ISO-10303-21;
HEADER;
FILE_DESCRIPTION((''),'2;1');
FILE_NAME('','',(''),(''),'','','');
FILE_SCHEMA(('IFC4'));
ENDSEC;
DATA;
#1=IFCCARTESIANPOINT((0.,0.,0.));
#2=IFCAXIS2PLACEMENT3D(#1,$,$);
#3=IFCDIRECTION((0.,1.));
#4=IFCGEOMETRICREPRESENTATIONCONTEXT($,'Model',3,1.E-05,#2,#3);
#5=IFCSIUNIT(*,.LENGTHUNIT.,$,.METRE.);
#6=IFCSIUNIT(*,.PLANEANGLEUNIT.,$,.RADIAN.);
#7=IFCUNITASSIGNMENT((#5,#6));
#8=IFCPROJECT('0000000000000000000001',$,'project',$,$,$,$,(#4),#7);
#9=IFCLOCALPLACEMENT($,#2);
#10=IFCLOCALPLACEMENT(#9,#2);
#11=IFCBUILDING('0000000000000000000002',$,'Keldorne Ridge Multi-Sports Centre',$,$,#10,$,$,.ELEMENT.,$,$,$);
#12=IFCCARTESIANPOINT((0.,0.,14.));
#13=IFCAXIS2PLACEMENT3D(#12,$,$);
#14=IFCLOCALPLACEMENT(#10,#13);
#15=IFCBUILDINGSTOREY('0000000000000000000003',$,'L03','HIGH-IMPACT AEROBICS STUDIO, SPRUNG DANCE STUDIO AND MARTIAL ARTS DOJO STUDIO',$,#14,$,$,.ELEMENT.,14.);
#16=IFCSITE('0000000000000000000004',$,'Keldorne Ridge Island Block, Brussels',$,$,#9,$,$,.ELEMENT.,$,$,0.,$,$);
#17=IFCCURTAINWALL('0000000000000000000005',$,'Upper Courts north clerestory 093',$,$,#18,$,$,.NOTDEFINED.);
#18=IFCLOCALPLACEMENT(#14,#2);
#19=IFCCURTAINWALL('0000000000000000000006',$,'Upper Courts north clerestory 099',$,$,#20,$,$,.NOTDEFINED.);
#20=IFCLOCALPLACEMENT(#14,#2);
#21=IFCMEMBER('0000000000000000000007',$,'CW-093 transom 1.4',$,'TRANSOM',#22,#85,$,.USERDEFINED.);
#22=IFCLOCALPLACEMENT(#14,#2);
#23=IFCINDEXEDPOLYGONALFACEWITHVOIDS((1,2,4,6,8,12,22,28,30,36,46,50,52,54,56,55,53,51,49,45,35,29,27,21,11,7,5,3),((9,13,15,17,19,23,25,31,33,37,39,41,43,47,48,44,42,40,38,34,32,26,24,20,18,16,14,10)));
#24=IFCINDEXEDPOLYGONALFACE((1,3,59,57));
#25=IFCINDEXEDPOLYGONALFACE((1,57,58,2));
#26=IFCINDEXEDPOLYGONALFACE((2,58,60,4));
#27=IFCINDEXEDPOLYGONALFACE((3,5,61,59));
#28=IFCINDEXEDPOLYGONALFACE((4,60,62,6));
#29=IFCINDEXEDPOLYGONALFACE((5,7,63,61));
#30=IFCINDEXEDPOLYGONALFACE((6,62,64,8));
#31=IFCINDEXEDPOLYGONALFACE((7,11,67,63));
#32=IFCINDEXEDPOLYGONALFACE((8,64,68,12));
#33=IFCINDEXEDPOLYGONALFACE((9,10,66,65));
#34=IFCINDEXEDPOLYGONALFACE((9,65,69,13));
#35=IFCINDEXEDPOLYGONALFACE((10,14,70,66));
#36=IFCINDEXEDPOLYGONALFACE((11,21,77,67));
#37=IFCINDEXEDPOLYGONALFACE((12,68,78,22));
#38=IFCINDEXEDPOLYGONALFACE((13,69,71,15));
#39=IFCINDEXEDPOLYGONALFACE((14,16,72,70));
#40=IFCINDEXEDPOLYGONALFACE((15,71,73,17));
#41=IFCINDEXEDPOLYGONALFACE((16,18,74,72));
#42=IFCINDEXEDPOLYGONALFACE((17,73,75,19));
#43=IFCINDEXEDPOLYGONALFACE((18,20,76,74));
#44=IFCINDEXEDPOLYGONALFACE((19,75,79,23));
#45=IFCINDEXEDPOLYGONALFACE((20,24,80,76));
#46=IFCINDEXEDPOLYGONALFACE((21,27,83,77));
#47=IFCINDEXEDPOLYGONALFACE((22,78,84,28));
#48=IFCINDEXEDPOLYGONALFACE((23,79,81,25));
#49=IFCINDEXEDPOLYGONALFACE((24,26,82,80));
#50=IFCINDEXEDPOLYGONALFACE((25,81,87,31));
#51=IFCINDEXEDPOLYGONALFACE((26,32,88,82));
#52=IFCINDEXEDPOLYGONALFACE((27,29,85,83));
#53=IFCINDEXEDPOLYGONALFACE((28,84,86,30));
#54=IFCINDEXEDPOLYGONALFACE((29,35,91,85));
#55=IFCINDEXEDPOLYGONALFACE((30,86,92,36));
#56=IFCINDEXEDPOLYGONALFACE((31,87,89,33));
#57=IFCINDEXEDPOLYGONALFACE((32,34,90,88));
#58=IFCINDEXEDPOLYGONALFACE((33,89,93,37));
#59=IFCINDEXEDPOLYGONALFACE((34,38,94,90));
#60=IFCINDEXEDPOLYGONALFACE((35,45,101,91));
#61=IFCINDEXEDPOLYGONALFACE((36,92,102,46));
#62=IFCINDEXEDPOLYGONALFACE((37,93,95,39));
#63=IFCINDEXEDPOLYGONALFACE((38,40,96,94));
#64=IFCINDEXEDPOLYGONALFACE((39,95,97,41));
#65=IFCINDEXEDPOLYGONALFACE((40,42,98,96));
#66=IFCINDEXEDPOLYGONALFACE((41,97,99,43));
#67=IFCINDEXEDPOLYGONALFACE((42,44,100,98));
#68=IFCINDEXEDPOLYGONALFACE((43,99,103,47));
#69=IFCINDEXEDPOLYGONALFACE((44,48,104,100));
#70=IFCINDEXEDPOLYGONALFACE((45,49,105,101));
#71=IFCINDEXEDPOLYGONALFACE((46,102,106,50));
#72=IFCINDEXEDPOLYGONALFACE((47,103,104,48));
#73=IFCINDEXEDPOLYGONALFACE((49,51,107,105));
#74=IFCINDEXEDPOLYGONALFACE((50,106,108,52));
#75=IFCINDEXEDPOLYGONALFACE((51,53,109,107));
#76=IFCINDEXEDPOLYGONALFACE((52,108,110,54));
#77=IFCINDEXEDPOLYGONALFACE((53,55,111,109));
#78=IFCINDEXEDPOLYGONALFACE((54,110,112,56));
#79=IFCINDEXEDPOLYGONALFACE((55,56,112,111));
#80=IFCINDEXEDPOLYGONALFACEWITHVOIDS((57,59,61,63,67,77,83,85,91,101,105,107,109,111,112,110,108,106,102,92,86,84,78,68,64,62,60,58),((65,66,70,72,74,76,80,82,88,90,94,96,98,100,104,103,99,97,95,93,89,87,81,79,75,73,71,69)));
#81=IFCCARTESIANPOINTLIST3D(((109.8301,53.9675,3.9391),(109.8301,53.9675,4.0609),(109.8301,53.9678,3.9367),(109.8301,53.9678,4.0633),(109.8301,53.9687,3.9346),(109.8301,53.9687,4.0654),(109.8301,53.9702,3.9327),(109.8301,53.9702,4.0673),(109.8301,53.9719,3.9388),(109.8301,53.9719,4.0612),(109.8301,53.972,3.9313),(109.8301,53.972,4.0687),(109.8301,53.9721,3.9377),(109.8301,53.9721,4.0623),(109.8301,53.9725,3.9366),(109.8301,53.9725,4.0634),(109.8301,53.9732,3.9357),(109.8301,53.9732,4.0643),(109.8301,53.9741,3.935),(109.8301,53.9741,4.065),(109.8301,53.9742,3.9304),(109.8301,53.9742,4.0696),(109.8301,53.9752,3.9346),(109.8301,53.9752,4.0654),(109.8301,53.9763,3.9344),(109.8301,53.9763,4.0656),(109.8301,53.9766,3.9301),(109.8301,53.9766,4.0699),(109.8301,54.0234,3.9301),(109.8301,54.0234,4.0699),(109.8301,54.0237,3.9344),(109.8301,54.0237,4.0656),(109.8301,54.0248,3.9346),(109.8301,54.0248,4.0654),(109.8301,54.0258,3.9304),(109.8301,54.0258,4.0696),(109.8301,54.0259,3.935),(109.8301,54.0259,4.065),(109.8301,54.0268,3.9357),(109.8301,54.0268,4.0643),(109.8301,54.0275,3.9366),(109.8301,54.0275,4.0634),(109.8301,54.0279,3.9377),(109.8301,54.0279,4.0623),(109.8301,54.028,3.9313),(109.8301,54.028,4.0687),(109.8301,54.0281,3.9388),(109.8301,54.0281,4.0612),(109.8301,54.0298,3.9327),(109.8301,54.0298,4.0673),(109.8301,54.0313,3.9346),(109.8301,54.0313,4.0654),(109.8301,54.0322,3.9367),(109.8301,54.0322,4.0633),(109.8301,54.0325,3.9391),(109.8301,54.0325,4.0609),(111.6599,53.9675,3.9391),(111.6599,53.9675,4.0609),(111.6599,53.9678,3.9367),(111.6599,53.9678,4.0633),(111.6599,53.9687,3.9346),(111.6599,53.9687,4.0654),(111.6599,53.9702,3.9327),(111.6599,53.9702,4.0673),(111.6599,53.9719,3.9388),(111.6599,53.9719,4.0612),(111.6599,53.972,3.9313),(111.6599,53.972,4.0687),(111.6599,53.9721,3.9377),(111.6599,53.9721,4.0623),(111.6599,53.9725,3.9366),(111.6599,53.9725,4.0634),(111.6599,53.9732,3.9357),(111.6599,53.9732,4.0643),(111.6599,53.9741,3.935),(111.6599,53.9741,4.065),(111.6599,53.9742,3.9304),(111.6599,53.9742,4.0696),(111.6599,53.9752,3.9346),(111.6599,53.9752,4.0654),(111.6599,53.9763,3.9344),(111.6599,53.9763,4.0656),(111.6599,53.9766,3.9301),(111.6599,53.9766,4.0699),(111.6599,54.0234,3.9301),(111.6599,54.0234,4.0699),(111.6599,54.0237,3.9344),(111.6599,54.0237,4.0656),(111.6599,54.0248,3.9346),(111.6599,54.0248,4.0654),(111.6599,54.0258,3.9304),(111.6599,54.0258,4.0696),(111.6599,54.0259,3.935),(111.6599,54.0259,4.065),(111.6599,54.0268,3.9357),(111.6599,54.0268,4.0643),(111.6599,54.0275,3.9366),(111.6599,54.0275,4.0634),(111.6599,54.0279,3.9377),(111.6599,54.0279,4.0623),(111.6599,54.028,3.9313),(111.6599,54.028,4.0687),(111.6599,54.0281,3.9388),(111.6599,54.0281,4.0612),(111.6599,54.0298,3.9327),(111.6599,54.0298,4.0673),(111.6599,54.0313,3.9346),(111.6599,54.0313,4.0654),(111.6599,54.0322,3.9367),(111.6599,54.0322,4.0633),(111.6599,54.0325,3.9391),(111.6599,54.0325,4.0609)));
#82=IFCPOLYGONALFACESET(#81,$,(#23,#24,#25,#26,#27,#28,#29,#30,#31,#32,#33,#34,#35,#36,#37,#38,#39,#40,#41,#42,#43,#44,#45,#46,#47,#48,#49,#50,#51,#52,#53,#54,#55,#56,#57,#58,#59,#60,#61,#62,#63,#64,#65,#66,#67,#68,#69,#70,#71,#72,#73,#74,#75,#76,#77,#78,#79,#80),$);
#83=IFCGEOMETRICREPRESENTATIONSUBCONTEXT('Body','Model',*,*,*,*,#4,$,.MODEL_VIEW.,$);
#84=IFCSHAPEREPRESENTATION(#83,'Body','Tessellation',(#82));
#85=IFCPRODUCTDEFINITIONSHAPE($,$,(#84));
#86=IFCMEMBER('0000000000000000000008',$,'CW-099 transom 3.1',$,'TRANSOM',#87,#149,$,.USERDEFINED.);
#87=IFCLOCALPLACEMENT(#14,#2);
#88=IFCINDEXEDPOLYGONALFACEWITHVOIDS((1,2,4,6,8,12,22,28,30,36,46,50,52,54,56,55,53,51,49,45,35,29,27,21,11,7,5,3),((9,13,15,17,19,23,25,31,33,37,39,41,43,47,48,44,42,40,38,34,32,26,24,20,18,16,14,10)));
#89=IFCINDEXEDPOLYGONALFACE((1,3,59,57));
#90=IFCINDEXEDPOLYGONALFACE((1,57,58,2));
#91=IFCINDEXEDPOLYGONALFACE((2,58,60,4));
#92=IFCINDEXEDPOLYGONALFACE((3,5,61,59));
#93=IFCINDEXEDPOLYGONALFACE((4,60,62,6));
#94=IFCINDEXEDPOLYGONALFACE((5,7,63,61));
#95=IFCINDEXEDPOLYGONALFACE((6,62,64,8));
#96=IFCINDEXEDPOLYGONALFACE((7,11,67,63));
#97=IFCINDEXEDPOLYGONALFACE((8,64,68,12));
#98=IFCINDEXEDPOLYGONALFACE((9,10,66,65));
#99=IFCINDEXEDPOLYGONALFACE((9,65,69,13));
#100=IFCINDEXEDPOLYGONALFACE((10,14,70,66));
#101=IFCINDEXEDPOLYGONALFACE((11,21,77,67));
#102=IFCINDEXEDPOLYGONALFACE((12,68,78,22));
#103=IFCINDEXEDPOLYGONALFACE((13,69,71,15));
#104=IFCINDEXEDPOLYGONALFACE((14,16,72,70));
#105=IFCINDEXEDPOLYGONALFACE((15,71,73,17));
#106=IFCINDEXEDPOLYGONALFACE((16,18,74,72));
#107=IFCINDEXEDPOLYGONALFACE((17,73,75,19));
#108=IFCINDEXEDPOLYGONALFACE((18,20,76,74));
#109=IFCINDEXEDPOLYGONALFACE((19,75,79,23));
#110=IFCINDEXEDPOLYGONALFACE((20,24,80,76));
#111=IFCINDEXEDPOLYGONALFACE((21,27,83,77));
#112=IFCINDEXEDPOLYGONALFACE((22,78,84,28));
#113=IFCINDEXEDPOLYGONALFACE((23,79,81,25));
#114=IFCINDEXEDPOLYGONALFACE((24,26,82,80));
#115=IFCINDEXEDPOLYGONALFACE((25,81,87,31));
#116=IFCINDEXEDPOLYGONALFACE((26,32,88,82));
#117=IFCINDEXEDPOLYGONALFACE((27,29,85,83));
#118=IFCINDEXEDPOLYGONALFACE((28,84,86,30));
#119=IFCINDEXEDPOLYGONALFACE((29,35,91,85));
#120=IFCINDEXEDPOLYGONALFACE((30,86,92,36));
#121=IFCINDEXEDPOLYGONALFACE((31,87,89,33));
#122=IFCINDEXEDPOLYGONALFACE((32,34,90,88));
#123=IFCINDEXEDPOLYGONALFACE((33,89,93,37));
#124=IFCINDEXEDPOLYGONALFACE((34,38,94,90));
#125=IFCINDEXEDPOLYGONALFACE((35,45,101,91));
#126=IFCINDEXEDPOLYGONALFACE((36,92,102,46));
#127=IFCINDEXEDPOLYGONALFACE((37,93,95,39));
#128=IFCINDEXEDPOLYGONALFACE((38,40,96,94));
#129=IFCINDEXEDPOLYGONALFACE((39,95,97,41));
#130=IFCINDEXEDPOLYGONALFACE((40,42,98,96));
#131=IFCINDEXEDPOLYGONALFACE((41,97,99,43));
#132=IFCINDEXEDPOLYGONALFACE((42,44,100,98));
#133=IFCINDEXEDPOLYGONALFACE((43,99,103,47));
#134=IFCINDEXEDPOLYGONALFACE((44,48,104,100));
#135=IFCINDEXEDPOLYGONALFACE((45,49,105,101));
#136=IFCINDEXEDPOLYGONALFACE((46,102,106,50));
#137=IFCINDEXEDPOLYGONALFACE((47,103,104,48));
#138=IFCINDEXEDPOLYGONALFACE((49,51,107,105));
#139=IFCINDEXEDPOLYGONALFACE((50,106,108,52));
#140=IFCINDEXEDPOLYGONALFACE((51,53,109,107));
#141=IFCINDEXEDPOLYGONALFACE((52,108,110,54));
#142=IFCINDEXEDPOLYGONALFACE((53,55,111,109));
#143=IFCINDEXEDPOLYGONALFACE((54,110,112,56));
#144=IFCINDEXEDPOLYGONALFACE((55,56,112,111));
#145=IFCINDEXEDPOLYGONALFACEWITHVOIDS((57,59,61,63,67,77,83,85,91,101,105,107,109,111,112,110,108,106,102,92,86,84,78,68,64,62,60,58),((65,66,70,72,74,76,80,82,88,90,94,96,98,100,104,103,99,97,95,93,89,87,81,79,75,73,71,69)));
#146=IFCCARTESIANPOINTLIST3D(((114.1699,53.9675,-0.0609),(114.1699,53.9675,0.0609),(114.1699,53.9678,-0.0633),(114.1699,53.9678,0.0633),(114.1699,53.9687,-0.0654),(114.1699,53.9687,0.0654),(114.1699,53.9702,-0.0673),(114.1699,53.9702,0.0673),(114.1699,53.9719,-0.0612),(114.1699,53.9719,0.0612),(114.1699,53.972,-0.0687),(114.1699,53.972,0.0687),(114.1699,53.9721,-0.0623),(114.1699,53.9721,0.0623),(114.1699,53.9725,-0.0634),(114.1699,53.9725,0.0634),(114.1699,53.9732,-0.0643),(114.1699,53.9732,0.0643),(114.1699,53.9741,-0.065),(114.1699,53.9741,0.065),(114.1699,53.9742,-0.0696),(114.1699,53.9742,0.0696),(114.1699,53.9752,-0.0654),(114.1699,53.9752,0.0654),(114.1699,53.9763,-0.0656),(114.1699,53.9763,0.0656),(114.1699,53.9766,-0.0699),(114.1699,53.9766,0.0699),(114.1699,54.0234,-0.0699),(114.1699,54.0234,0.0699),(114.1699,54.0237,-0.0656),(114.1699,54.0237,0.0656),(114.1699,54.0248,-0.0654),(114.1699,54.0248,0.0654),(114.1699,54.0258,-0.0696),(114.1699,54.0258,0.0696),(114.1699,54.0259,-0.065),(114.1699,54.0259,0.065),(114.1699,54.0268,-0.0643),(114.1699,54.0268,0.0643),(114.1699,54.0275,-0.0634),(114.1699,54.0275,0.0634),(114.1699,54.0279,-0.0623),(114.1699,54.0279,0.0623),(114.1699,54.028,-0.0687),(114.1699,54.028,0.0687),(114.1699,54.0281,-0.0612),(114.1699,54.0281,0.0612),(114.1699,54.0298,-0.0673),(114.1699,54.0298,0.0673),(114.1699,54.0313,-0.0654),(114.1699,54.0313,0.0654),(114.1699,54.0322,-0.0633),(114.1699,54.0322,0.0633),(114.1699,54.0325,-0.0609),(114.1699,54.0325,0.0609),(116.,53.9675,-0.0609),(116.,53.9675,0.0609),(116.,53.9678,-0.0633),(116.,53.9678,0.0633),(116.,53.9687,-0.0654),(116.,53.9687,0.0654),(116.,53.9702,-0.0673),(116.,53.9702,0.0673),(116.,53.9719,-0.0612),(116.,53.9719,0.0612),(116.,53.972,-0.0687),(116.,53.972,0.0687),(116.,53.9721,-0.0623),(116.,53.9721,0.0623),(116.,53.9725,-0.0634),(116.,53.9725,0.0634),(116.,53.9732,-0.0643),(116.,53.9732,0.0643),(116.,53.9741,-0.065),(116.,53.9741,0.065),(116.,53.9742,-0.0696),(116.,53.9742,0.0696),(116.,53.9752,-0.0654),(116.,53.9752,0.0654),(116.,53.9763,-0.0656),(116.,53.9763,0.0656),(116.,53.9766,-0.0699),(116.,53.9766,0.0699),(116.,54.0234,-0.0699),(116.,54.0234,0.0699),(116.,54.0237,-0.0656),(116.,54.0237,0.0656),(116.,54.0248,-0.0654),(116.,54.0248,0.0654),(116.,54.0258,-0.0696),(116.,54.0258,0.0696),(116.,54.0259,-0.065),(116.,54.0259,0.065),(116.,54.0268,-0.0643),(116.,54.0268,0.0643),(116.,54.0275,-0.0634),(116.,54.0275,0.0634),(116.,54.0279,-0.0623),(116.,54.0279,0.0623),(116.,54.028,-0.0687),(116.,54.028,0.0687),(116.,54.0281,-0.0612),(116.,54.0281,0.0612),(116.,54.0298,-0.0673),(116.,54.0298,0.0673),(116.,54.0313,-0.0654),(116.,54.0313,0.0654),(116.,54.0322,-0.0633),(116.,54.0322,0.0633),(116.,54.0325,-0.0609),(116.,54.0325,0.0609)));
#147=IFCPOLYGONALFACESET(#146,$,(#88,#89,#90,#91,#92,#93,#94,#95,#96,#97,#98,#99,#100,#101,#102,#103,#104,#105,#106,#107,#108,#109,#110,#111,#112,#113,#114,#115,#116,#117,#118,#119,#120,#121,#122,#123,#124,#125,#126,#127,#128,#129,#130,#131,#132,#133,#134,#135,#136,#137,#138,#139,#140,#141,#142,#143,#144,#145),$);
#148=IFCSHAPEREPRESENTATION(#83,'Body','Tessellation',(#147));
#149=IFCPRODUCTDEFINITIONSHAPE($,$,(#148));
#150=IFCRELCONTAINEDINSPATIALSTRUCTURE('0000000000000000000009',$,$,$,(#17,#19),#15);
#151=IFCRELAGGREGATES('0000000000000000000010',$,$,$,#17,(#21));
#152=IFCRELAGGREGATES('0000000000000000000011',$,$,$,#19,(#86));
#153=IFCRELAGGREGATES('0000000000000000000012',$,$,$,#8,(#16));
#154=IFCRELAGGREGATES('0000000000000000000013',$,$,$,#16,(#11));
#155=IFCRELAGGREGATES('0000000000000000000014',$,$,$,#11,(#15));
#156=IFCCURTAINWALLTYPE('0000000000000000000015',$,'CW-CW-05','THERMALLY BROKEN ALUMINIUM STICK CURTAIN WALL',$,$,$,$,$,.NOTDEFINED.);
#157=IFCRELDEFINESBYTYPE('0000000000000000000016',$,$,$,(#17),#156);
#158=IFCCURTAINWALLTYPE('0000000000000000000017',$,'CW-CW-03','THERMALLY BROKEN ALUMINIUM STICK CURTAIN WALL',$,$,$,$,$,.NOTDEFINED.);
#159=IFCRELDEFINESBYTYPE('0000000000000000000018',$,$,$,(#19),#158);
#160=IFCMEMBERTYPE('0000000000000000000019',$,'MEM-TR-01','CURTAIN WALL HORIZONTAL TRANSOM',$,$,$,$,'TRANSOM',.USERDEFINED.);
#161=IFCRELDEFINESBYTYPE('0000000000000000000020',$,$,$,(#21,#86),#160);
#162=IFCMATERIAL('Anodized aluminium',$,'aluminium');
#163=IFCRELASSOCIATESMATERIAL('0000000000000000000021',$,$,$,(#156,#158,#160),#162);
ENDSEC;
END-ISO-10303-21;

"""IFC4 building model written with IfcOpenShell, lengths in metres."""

from ifc_helpers import new_model, si_unit, direction, frame, origin, origin_2d, place, context, subcontext, project, spatial, hollow_rectangle, extrude, material, material_profile, profile_set, type_object, element, aggregate, save


model = new_model("IFC4")

# Units and contexts
model_context = context("Model", 3, precision=1e-05, world=origin(), true_north=direction((0.0, 1.0)))
body_context = subcontext(model_context, "Body", "Model", "MODEL_VIEW")
ifc_project = project(units=[si_unit("LENGTHUNIT", "METRE"), si_unit("PLANEANGLEUNIT", "RADIAN")], contexts=[model_context])

# Site, building, storey
site_placement = place(None, origin())
site = spatial("IfcSite", under=ifc_project, at=site_placement, Name="Keldorne Ridge Island Block, Brussels", CompositionType="ELEMENT", RefElevation=0.0)
building_placement = place(site_placement, origin())
building = spatial("IfcBuilding", under=site, at=building_placement, Name="Keldorne Ridge Multi-Sports Centre", CompositionType="ELEMENT")
storey_placement = place(building_placement, frame((0.0, 0.0, 14.0)))
storey = spatial("IfcBuildingStorey", under=building, at=storey_placement, Name="L03", Description="HIGH-IMPACT AEROBICS STUDIO, SPRUNG DANCE STUDIO AND MARTIAL ARTS DOJO STUDIO", CompositionType="ELEMENT", Elevation=14.0)

# Curtain wall
ifc_material_1 = material(Name="Anodized aluminium", Category="aluminium")
curtain_wall_type_1 = type_object("IfcCurtainWallType", Name="CW-CW-05", Description="THERMALLY BROKEN ALUMINIUM STICK CURTAIN WALL", PredefinedType="NOTDEFINED", material=ifc_material_1)
curtain_wall_1_placement = place(storey_placement, origin())
curtain_wall_1 = element("IfcCurtainWall", 1, at=curtain_wall_1_placement, inside=storey, type_object=curtain_wall_type_1, Name="Upper Courts north clerestory 093", PredefinedType="NOTDEFINED")

# Curtain wall
curtain_wall_type_2 = type_object("IfcCurtainWallType", Name="CW-CW-03", Description="THERMALLY BROKEN ALUMINIUM STICK CURTAIN WALL", PredefinedType="NOTDEFINED", material=ifc_material_1)
curtain_wall_2_placement = place(storey_placement, origin())
curtain_wall_2 = element("IfcCurtainWall", 2, at=curtain_wall_2_placement, inside=storey, type_object=curtain_wall_type_2, Name="Upper Courts north clerestory 099", PredefinedType="NOTDEFINED")

# Members
ifc_material_profile_1 = material_profile(ifc_material_1, hollow_rectangle(XDim=0.0649, YDim=0.1399, WallThickness=0.0044, InnerFilletRadius=0.0044, OuterFilletRadius=0.009, at=origin_2d()), Name="ALU TRANSOM 140x65x4.5")
ifc_profile_set_1 = profile_set([ifc_material_profile_1], Name="Anodized aluminium")
member_type_1 = type_object("IfcMemberType", Name="MEM-TR-01", Description="CURTAIN WALL HORIZONTAL TRANSOM", ElementType="TRANSOM", PredefinedType="USERDEFINED", material=ifc_profile_set_1)
member_1_placement = place(storey_placement, frame((111.6599, 54.0, 4.0), z_axis=(-1.0, 0.0, 0.0), x_axis=(0.0, -1.0, 0.0)))
member_1 = element("IfcMember", 3, at=member_1_placement, type_object=member_type_1, Name="CW-093 transom 1.4", ObjectType="TRANSOM", PredefinedType="USERDEFINED", context=body_context, shape_type="SweptSolid", body=[
    extrude(hollow_rectangle(XDim=0.0649, YDim=0.1399, WallThickness=0.0044, InnerFilletRadius=0.0044, OuterFilletRadius=0.009, at=origin_2d()), origin(), (0.0, 0.0, 1.0), 1.8298),
])
member_2_placement = place(storey_placement, frame((116.0, 54.0, 0.0), z_axis=(-1.0, 0.0, 0.0), x_axis=(0.0, -1.0, 0.0)))
member_2 = element("IfcMember", 4, at=member_2_placement, type_object=member_type_1, Name="CW-099 transom 3.1", ObjectType="TRANSOM", PredefinedType="USERDEFINED", context=body_context, shape_type="SweptSolid", body=[
    extrude(hollow_rectangle(XDim=0.0649, YDim=0.1399, WallThickness=0.0044, InnerFilletRadius=0.0044, OuterFilletRadius=0.009, at=origin_2d()), origin(), (0.0, 0.0, 1.0), 1.8301),
])

aggregate(curtain_wall_1, [member_1])
aggregate(curtain_wall_2, [member_2])

save(model, "model.ifc")
